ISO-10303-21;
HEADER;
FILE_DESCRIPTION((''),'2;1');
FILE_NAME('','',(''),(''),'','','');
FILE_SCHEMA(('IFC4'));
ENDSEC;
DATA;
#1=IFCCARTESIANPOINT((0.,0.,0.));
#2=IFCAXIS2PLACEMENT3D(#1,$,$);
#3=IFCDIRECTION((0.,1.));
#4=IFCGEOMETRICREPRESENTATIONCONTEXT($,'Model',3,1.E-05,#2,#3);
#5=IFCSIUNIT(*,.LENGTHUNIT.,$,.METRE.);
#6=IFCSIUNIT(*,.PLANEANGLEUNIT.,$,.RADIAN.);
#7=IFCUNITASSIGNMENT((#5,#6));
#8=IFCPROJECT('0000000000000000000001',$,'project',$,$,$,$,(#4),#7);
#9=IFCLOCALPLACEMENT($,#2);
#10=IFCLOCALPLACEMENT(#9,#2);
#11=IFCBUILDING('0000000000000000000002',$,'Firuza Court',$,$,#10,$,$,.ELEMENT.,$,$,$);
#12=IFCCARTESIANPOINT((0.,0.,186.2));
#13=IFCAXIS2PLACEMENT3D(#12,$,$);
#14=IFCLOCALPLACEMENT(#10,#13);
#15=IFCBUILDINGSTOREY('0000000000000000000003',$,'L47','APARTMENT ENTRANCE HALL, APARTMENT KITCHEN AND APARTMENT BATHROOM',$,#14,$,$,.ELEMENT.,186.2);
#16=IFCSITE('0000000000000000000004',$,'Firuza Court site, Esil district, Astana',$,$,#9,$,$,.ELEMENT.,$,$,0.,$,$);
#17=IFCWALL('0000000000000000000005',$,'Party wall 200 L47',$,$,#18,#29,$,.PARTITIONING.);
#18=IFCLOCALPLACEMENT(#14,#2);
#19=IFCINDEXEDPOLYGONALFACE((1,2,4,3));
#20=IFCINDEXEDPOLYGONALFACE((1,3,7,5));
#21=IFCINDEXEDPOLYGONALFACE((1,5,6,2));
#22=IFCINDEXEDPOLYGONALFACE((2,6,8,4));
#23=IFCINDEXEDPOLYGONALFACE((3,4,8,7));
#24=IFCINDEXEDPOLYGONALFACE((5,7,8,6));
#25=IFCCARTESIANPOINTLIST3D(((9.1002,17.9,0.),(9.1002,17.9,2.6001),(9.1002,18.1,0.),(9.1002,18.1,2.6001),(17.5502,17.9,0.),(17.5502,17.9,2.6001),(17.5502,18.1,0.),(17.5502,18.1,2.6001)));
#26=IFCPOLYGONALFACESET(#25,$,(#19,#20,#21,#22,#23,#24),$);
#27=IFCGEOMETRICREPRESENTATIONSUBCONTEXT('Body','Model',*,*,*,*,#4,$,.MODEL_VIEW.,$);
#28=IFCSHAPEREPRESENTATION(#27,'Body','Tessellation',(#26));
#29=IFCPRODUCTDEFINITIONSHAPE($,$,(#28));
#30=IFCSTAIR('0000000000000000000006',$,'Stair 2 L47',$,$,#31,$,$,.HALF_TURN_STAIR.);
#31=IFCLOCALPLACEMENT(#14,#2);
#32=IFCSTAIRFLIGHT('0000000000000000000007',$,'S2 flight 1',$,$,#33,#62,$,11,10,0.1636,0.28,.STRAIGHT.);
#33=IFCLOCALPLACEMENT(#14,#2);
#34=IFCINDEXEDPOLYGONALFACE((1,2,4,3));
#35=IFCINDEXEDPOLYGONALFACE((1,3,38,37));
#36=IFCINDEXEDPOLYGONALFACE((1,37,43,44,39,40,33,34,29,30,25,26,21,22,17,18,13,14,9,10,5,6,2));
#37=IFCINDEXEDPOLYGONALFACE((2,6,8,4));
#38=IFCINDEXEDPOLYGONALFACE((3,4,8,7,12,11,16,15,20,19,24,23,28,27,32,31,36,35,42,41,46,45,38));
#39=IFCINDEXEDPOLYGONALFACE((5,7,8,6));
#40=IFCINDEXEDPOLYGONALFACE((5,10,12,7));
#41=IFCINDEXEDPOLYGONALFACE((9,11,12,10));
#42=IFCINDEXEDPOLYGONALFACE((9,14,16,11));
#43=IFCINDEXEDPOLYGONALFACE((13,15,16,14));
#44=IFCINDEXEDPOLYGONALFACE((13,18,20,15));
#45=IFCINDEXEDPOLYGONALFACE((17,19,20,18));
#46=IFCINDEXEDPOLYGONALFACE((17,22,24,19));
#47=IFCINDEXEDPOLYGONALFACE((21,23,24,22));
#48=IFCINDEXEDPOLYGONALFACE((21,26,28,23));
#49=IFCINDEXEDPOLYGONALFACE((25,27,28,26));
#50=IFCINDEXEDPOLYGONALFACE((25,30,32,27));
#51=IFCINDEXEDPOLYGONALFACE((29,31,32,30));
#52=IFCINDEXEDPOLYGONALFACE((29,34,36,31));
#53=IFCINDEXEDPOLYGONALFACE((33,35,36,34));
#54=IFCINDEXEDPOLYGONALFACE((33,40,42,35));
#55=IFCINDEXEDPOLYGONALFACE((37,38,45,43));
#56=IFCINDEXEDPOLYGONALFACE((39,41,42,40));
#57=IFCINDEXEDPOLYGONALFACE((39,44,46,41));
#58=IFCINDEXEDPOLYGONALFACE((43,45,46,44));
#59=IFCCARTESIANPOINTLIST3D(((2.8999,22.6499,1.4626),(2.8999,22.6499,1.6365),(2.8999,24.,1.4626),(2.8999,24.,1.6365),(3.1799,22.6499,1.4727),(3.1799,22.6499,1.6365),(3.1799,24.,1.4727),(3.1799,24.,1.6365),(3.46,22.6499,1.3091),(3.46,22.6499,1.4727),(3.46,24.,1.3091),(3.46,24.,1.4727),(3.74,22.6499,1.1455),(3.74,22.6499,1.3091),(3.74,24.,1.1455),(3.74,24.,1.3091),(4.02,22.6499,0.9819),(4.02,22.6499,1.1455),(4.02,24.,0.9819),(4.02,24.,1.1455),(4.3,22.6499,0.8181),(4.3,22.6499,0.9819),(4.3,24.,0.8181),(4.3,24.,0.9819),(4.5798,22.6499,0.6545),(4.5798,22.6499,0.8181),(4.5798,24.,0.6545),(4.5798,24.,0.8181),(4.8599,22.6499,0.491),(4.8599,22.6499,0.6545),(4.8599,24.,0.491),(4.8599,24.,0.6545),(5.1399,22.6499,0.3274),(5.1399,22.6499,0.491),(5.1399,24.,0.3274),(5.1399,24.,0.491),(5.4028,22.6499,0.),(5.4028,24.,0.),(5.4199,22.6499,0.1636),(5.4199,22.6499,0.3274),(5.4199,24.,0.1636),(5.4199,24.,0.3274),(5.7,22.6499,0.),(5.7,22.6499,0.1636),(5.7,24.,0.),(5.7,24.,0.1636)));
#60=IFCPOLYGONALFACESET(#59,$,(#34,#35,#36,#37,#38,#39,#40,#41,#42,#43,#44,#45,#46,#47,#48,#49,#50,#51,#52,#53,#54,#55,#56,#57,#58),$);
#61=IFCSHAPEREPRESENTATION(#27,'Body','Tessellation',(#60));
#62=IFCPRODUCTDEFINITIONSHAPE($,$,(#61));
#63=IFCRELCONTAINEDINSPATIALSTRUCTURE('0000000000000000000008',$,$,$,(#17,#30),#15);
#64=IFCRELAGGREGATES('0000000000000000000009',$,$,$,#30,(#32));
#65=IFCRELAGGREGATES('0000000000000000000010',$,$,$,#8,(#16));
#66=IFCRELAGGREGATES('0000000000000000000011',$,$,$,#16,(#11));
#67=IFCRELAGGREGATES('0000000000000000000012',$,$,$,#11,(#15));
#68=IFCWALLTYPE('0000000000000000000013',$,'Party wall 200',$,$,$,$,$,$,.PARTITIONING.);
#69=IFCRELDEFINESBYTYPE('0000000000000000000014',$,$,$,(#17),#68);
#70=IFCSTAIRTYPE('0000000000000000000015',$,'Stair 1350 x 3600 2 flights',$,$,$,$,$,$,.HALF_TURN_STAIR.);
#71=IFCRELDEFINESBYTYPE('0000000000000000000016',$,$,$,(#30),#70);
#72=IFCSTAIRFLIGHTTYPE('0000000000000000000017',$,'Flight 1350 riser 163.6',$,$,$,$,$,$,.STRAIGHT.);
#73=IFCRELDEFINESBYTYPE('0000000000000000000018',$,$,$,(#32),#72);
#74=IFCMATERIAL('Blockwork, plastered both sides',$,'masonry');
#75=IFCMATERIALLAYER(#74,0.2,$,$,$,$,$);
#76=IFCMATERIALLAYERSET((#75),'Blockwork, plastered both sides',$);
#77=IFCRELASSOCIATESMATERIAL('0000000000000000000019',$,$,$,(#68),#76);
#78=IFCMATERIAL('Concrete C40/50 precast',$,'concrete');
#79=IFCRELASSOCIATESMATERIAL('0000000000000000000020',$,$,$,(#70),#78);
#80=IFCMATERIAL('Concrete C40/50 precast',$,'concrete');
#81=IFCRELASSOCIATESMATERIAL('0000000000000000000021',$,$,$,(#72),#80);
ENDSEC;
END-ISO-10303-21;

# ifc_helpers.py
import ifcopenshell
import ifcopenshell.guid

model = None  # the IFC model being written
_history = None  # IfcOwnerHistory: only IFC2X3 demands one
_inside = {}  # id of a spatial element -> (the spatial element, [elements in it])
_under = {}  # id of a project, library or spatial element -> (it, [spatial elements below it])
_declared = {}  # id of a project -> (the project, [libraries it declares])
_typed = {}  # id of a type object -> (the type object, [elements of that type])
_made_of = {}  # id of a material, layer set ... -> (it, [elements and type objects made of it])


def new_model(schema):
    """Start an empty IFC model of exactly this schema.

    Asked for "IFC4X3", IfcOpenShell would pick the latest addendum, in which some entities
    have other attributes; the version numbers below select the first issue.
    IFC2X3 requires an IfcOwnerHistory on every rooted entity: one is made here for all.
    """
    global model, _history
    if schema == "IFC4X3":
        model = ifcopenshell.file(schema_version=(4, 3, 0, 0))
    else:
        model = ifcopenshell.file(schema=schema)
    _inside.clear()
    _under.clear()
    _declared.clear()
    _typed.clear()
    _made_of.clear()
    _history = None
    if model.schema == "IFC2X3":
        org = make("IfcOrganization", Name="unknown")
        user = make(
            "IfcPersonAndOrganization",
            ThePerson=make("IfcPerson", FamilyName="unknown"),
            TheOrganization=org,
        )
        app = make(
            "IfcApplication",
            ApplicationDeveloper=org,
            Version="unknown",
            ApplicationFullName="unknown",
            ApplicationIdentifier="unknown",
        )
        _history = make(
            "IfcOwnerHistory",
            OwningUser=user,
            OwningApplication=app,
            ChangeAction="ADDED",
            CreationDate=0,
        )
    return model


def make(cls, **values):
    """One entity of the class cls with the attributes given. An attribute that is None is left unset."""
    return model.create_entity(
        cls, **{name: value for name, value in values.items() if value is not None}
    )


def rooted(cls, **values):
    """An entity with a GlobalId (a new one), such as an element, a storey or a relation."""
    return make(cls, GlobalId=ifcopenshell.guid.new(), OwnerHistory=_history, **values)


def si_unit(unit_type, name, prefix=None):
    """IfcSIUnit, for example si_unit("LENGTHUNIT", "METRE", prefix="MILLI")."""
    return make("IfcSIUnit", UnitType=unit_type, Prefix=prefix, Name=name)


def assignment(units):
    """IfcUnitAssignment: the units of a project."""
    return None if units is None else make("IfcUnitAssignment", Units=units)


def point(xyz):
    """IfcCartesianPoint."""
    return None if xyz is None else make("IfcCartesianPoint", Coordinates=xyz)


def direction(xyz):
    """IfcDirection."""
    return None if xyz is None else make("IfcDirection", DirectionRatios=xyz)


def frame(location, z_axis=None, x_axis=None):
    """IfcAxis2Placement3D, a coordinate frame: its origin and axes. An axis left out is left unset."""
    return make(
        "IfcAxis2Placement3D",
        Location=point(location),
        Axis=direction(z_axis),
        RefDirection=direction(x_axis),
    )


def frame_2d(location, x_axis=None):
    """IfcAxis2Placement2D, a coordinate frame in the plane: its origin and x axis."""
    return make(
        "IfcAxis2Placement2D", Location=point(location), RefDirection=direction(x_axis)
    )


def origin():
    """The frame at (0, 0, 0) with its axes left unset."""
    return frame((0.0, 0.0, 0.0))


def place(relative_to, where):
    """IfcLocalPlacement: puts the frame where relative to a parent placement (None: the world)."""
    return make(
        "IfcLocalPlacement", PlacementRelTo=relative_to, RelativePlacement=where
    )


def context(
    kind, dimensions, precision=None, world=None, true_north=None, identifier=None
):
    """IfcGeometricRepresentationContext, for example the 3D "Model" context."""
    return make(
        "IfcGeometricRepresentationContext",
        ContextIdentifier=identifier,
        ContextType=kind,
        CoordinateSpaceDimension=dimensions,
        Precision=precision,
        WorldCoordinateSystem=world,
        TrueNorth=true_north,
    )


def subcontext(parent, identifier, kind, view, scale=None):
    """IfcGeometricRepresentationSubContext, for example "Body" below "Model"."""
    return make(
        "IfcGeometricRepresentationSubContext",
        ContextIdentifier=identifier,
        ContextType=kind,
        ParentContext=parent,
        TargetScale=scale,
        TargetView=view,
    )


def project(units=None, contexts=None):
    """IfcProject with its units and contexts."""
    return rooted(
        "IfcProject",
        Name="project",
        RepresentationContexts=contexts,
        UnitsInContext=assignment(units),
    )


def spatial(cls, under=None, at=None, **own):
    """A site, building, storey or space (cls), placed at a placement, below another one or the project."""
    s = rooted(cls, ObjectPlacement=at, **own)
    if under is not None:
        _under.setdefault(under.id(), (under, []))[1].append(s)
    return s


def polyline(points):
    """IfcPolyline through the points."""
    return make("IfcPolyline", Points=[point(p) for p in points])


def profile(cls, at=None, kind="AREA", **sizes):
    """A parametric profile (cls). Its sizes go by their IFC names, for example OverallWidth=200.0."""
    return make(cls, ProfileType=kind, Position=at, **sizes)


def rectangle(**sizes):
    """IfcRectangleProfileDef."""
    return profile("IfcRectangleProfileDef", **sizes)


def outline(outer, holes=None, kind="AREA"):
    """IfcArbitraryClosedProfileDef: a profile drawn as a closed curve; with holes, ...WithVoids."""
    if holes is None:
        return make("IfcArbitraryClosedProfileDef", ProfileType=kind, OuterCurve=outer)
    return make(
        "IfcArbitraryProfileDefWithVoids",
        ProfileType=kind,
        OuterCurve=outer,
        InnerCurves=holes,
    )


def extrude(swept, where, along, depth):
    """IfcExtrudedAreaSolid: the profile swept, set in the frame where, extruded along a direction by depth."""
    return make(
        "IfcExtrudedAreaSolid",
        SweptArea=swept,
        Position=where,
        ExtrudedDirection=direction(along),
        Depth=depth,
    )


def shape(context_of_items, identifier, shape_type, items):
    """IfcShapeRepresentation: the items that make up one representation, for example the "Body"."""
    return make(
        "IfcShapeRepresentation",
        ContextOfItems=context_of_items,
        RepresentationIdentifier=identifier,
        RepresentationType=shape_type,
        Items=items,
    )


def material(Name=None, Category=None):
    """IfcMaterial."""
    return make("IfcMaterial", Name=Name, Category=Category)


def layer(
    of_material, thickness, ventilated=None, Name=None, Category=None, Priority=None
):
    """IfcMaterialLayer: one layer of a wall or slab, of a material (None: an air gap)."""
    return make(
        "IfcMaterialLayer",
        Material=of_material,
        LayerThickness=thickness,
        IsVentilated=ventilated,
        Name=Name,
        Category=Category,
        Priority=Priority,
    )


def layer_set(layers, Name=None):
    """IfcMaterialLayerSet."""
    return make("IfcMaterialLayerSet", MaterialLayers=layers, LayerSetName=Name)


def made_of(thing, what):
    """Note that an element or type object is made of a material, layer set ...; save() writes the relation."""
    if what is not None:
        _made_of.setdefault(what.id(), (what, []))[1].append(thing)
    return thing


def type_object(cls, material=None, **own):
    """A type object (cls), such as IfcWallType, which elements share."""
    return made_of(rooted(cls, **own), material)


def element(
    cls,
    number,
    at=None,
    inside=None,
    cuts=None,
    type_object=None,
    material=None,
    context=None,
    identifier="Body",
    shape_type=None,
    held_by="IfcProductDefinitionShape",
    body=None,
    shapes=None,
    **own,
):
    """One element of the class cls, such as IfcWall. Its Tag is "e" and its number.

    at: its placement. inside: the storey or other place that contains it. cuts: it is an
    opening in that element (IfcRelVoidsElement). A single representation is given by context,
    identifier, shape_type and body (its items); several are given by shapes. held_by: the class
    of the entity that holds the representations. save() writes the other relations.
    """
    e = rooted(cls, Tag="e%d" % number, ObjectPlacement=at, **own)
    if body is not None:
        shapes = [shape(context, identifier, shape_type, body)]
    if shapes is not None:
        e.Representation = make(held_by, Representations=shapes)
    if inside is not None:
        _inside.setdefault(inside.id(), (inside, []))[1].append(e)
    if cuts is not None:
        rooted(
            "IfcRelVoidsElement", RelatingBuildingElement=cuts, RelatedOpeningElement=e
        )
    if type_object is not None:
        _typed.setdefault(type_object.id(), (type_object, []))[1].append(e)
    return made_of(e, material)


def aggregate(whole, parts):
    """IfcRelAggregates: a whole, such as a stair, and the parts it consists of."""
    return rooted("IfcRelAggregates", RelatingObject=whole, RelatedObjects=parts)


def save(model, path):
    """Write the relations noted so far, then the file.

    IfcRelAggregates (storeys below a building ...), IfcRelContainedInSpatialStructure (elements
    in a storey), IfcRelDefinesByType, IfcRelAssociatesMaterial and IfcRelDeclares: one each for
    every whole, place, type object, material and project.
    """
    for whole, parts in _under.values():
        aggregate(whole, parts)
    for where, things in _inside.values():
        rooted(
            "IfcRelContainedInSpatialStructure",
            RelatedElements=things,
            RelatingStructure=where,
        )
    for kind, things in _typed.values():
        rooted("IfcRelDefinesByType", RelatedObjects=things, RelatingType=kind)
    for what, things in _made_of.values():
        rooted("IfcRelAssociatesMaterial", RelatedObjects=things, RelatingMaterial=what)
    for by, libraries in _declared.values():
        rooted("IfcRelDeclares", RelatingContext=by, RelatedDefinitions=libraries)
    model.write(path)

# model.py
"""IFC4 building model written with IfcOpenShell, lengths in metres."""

from ifc_helpers import new_model, si_unit, direction, frame, frame_2d, origin, place, context, subcontext, project, spatial, polyline, rectangle, outline, extrude, material, layer, layer_set, type_object, element, aggregate, save


model = new_model("IFC4")

# Units and contexts
model_context = context("Model", 3, precision=1e-05, world=origin(), true_north=direction((0.0, 1.0)))
body_context = subcontext(model_context, "Body", "Model", "MODEL_VIEW")
ifc_project = project(units=[si_unit("LENGTHUNIT", "METRE"), si_unit("PLANEANGLEUNIT", "RADIAN")], contexts=[model_context])

# Site, building, storey
site_placement = place(None, origin())
site = spatial("IfcSite", under=ifc_project, at=site_placement, Name="Firuza Court site, Esil district, Astana", CompositionType="ELEMENT", RefElevation=0.0)
building_placement = place(site_placement, origin())
building = spatial("IfcBuilding", under=site, at=building_placement, Name="Firuza Court", CompositionType="ELEMENT")
storey_placement = place(building_placement, frame((0.0, 0.0, 186.2)))
storey = spatial("IfcBuildingStorey", under=building, at=storey_placement, Name="L47", Description="APARTMENT ENTRANCE HALL, APARTMENT KITCHEN AND APARTMENT BATHROOM", CompositionType="ELEMENT", Elevation=186.2)

# Shared definitions
ifc_material_1 = material(Name="Blockwork, plastered both sides", Category="masonry")

# Wall
ifc_layer_1 = layer(ifc_material_1, 0.2)
ifc_layer_set_1 = layer_set([ifc_layer_1], Name="Blockwork, plastered both sides")
wall_type_1 = type_object("IfcWallType", Name="Party wall 200", PredefinedType="PARTITIONING", material=ifc_layer_set_1)
wall_1_placement = place(storey_placement, frame((9.1001, 18.0, 0.0), z_axis=(0.0, 0.0, 1.0), x_axis=(1.0, 0.0, 0.0)))
element("IfcWall", 1, at=wall_1_placement, inside=storey, type_object=wall_type_1, Name="Party wall 200 L47", PredefinedType="PARTITIONING", context=body_context, shape_type="SweptSolid", body=[
    extrude(rectangle(XDim=8.45, YDim=0.2, at=frame_2d((4.2251, 0.0))), origin(), (0.0, 0.0, 1.0), 2.6001),
])

# Stair, stair flight
ifc_material_2 = material(Name="Concrete C40/50 precast", Category="concrete")
stair_type = type_object("IfcStairType", Name="Stair 1350 x 3600 2 flights", PredefinedType="HALF_TURN_STAIR", material=ifc_material_2)
stair_placement = place(storey_placement, origin())
stair = element("IfcStair", 2, at=stair_placement, inside=storey, type_object=stair_type, Name="Stair 2 L47", PredefinedType="HALF_TURN_STAIR")
ifc_material_3 = material(Name="Concrete C40/50 precast", Category="concrete")
stair_flight_type = type_object("IfcStairFlightType", Name="Flight 1350 riser 163.6", PredefinedType="STRAIGHT", material=ifc_material_3)
stair_flight_placement = place(storey_placement, frame((5.7, 23.325, 0.0), z_axis=(0.0, 0.0, 1.0), x_axis=(-1.0, 0.0, 0.0)))
stair_flight = element("IfcStairFlight", 3, at=stair_flight_placement, type_object=stair_flight_type, Name="S2 flight 1", NumberOfRisers=11, NumberOfTreads=10, PredefinedType="STRAIGHT", RiserHeight=0.1636, TreadLength=0.28, context=body_context, shape_type="SweptSolid", body=[
    extrude(outline(polyline([(0.0, 0.0), (0.0, 0.1636), (0.28, 0.1636), (0.28, 0.3274), (0.5601, 0.3274), (0.5601, 0.491), (0.8401, 0.491), (0.8401, 0.6545), (1.1201, 0.6545), (1.1201, 0.8181), (1.3999, 0.8181), (1.3999, 0.9819), (1.6799, 0.9819), (1.6799, 1.1455), (1.96, 1.1455), (1.96, 1.3091), (2.24, 1.3091), (2.24, 1.4727), (2.52, 1.4727), (2.52, 1.6365), (2.8, 1.6365), (2.8, 1.8), (2.8, 1.4626), (0.2971, 0.0), (0.0, 0.0)])), frame((0.0, 0.675, 0.0), z_axis=(0.0, -1.0, 0.0), x_axis=(1.0, 0.0, 0.0)), (0.0, 0.0, 1.0), 1.3501),
])
aggregate(stair, [stair_flight])

save(model, "model.ifc")
